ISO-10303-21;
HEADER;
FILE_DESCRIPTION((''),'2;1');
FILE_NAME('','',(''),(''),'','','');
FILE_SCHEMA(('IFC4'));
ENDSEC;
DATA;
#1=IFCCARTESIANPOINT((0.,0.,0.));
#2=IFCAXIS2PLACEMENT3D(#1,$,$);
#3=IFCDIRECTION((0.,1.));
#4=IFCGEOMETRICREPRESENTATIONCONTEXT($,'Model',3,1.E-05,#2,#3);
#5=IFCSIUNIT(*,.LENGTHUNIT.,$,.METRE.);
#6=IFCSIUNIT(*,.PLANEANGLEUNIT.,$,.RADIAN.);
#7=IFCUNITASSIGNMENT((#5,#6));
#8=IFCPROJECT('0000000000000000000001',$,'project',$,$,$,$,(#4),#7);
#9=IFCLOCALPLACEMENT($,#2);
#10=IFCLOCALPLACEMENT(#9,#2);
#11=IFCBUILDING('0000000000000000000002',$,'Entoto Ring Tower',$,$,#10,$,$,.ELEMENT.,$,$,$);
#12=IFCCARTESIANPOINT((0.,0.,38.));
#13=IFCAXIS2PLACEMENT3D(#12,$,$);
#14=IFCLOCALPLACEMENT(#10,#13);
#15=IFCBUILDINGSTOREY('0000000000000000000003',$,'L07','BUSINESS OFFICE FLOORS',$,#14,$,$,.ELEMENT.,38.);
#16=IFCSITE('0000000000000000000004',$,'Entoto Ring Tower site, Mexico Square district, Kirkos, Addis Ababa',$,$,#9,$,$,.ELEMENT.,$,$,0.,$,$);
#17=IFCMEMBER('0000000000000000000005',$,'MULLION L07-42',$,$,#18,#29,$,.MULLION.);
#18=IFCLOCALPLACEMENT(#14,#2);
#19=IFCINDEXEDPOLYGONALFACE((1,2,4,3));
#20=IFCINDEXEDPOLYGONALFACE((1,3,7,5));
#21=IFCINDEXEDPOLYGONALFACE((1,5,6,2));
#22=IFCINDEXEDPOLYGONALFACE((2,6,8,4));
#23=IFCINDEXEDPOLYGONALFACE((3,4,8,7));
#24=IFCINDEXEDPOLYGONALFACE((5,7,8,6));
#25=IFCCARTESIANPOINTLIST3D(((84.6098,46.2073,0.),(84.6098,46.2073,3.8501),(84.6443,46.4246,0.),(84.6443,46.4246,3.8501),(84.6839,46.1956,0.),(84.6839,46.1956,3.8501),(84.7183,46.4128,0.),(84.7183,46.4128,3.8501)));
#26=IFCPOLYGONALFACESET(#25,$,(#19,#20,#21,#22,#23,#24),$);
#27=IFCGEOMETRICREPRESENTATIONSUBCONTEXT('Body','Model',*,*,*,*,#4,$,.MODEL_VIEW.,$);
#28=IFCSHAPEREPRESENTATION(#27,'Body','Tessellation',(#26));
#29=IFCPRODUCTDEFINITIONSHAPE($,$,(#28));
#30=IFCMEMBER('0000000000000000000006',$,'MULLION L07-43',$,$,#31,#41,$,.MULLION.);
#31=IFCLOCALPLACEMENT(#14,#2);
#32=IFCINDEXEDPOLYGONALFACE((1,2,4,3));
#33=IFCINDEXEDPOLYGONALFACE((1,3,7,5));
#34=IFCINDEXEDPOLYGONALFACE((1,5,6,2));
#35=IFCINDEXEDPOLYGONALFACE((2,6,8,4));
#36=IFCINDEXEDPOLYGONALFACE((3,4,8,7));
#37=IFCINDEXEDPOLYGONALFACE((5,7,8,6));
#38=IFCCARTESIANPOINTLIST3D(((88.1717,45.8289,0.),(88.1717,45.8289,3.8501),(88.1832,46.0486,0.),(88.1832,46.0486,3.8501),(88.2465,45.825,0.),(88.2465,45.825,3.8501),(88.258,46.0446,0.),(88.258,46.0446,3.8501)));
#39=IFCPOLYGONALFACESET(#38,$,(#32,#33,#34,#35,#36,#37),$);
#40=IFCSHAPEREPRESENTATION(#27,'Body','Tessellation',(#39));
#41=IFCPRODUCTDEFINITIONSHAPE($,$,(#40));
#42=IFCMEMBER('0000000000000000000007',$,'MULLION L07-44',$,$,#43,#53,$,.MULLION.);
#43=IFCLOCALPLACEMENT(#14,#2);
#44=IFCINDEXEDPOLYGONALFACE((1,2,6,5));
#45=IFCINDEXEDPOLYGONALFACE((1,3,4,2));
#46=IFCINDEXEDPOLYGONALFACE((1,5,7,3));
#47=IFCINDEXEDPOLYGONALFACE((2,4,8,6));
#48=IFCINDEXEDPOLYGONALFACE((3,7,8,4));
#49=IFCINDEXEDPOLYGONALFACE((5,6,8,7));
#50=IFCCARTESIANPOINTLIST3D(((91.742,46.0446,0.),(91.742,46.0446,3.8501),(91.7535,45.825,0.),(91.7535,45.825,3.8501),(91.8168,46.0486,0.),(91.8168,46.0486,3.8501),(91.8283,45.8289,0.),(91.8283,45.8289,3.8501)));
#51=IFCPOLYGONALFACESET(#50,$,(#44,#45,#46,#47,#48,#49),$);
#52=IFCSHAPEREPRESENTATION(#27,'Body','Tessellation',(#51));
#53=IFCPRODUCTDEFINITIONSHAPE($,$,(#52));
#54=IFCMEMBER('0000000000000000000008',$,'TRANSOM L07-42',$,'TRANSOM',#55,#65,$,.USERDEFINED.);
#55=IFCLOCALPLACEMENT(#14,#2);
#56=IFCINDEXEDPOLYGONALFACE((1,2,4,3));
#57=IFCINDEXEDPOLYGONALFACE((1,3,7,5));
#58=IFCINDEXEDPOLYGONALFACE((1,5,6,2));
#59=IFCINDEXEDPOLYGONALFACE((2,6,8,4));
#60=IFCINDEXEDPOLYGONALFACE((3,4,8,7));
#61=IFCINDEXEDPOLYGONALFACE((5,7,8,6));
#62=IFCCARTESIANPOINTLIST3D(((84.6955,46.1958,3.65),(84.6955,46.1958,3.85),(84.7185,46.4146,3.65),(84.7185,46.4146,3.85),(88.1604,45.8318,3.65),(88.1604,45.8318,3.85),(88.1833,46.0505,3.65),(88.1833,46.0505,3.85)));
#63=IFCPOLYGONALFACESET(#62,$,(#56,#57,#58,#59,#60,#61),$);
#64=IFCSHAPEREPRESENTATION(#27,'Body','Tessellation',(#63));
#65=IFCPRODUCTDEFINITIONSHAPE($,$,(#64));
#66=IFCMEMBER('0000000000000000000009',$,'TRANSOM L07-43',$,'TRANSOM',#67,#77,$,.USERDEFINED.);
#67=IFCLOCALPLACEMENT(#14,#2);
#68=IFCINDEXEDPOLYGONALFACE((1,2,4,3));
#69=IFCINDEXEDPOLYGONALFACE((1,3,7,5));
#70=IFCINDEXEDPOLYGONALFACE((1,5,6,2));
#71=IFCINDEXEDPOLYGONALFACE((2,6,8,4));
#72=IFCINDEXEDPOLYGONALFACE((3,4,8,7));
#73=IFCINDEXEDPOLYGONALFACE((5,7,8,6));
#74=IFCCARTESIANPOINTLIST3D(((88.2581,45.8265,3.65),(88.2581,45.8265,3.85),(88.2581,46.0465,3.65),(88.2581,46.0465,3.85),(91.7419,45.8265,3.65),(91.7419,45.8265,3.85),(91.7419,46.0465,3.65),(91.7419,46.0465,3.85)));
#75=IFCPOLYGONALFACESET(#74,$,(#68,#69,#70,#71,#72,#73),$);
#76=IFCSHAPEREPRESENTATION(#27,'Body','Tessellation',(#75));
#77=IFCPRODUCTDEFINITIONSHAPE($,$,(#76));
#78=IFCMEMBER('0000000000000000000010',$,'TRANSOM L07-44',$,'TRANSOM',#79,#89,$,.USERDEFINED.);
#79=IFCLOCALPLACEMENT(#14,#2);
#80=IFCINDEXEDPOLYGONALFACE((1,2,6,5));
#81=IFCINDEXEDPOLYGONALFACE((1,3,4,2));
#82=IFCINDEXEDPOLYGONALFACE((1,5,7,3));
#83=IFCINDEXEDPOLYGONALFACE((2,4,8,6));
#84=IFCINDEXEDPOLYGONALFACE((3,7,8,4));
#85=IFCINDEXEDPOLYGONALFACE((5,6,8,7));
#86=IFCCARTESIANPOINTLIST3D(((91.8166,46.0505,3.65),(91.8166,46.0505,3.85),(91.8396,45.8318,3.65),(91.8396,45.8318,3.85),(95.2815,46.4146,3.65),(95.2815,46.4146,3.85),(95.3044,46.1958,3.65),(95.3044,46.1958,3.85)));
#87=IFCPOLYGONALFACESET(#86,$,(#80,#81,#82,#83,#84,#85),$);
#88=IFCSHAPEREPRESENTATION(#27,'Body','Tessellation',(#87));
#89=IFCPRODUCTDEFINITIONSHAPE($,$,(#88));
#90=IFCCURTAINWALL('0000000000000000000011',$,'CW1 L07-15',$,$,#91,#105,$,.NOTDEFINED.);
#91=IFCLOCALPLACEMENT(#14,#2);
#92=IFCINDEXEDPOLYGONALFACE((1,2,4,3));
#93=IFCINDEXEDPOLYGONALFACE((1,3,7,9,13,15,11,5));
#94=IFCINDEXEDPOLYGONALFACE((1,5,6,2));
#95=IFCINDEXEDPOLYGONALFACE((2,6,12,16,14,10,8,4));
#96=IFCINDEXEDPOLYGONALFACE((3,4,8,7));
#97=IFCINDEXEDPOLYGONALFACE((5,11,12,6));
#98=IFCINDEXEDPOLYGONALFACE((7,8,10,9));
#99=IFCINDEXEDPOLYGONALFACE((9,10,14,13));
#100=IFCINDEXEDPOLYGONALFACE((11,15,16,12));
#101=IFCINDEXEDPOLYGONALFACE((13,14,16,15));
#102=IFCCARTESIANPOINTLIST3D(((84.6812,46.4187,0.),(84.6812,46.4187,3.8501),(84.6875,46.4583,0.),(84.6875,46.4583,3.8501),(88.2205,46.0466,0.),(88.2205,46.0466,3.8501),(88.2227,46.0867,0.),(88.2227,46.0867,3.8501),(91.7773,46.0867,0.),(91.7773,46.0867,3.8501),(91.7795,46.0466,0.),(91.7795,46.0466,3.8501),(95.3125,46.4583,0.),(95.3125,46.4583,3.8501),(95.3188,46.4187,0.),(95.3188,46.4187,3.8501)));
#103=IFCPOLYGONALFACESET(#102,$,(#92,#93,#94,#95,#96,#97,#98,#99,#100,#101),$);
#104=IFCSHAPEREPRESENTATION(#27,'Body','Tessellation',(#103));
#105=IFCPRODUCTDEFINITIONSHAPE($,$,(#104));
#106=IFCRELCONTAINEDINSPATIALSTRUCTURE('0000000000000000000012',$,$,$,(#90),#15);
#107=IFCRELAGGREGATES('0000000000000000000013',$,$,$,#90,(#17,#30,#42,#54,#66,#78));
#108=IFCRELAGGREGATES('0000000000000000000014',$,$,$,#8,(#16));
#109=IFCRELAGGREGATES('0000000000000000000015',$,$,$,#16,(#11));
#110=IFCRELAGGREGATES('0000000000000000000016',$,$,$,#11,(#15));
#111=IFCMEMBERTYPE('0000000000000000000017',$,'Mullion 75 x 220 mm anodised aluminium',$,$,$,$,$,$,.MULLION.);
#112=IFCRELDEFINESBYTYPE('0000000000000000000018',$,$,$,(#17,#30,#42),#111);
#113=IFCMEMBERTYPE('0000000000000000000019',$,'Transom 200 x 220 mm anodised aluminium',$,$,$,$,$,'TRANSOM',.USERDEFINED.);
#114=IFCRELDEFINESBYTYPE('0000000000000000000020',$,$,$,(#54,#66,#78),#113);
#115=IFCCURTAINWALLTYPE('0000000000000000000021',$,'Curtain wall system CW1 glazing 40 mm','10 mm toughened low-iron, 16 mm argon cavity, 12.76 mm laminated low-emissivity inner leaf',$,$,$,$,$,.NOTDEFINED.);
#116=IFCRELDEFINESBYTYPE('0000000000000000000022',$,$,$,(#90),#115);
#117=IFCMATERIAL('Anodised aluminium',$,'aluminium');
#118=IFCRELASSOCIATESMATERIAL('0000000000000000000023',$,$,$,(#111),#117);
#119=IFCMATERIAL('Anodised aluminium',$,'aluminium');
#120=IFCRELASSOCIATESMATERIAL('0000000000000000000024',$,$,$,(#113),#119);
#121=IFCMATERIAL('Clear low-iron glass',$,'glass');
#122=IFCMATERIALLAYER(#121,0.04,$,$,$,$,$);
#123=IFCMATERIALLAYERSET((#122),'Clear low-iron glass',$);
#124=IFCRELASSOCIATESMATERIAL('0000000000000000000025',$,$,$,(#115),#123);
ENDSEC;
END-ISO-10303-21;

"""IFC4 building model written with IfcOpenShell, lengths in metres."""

from ifc_helpers import new_model, si_unit, direction, frame, origin, origin_2d, place, context, subcontext, project, spatial, polyline, rectangle, outline, extrude, material, layer, layer_set, material_profile, profile_set, type_object, element, aggregate, save


model = new_model("IFC4")

# Units and contexts
model_context = context("Model", 3, precision=1e-05, world=origin(), true_north=direction((0.0, 1.0)))
body_context = subcontext(model_context, "Body", "Model", "MODEL_VIEW")
ifc_project = project(units=[si_unit("LENGTHUNIT", "METRE"), si_unit("PLANEANGLEUNIT", "RADIAN")], contexts=[model_context])

# Members
ifc_material_1 = material(Name="Anodised aluminium", Category="aluminium")
ifc_material_profile_1 = material_profile(ifc_material_1, rectangle(XDim=0.075, YDim=0.22, at=origin_2d()), Name="Mullion 75 x 220 mm anodised aluminium")
ifc_profile_set_1 = profile_set([ifc_material_profile_1], Name="Anodised aluminium")
member_type_1 = type_object("IfcMemberType", Name="Mullion 75 x 220 mm anodised aluminium", PredefinedType="MULLION", material=ifc_profile_set_1)
site_placement = place(None, origin())
building_placement = place(site_placement, origin())
storey_placement = place(building_placement, frame((0.0, 0.0, 38.0)))
member_1_placement = place(storey_placement, frame((84.6641, 46.3101, 0.0), z_axis=(0.0, 0.0, 1.0), x_axis=(0.987688, -0.156434, 0.0)))
member_1 = element("IfcMember", 1, at=member_1_placement, type_object=member_type_1, Name="MULLION L07-42", PredefinedType="MULLION", context=body_context, shape_type="SweptSolid", body=[
    extrude(rectangle(XDim=0.075, YDim=0.22, at=origin_2d()), origin(), (0.0, 0.0, 1.0), 3.8501),
])
member_2_placement = place(storey_placement, frame((88.2148, 45.9368, 0.0), z_axis=(0.0, 0.0, 1.0), x_axis=(0.99863, -0.052336, 0.0)))
member_2 = element("IfcMember", 2, at=member_2_placement, type_object=member_type_1, Name="MULLION L07-43", PredefinedType="MULLION", context=body_context, shape_type="SweptSolid", body=[
    extrude(rectangle(XDim=0.075, YDim=0.22, at=origin_2d()), origin(), (0.0, 0.0, 1.0), 3.8501),
])
member_3_placement = place(storey_placement, frame((91.7852, 45.9368, 0.0), z_axis=(0.0, 0.0, 1.0), x_axis=(0.99863, 0.052336, 0.0)))
member_3 = element("IfcMember", 3, at=member_3_placement, type_object=member_type_1, Name="MULLION L07-44", PredefinedType="MULLION", context=body_context, shape_type="SweptSolid", body=[
    extrude(rectangle(XDim=0.075, YDim=0.22, at=origin_2d()), origin(), (0.0, 0.0, 1.0), 3.8501),
])
ifc_material_2 = material(Name="Anodised aluminium", Category="aluminium")
ifc_material_profile_2 = material_profile(ifc_material_2, rectangle(XDim=0.22, YDim=0.2, at=origin_2d()), Name="Transom 200 x 220 mm anodised aluminium")
ifc_profile_set_2 = profile_set([ifc_material_profile_2], Name="Anodised aluminium")
member_type_2 = type_object("IfcMemberType", Name="Transom 200 x 220 mm anodised aluminium", ElementType="TRANSOM", PredefinedType="USERDEFINED", material=ifc_profile_set_2)
member_4_placement = place(storey_placement, frame((84.707, 46.3052, 3.75), z_axis=(0.994527, -0.104484, 0.0), x_axis=(0.104484, 0.994527, 0.0)))
member_4 = element("IfcMember", 4, at=member_4_placement, type_object=member_type_2, Name="TRANSOM L07-42", ObjectType="TRANSOM", PredefinedType="USERDEFINED", context=body_context, shape_type="SweptSolid", body=[
    extrude(rectangle(XDim=0.22, YDim=0.2, at=origin_2d()), origin(), (0.0, 0.0, 1.0), 3.4839),
])
member_5_placement = place(storey_placement, frame((88.2581, 45.9365, 3.75), z_axis=(1.0, 0.0, 0.0), x_axis=(0.0, 1.0, 0.0)))
member_5 = element("IfcMember", 5, at=member_5_placement, type_object=member_type_2, Name="TRANSOM L07-43", ObjectType="TRANSOM", PredefinedType="USERDEFINED", context=body_context, shape_type="SweptSolid", body=[
    extrude(rectangle(XDim=0.22, YDim=0.2, at=origin_2d()), origin(), (0.0, 0.0, 1.0), 3.4839),
])
member_6_placement = place(storey_placement, frame((91.8281, 45.9412, 3.75), z_axis=(0.994527, 0.104484, 0.0), x_axis=(-0.104484, 0.994527, 0.0)))
member_6 = element("IfcMember", 6, at=member_6_placement, type_object=member_type_2, Name="TRANSOM L07-44", ObjectType="TRANSOM", PredefinedType="USERDEFINED", context=body_context, shape_type="SweptSolid", body=[
    extrude(rectangle(XDim=0.22, YDim=0.2, at=origin_2d()), origin(), (0.0, 0.0, 1.0), 3.4839),
])

# Site, building, storey
site = spatial("IfcSite", under=ifc_project, at=site_placement, Name="Entoto Ring Tower site, Mexico Square district, Kirkos, Addis Ababa", CompositionType="ELEMENT", RefElevation=0.0)
building = spatial("IfcBuilding", under=site, at=building_placement, Name="Entoto Ring Tower", CompositionType="ELEMENT")
storey = spatial("IfcBuildingStorey", under=building, at=storey_placement, Name="L07", Description="BUSINESS OFFICE FLOORS", CompositionType="ELEMENT", Elevation=38.0)

# Curtain wall
ifc_material_3 = material(Name="Clear low-iron glass", Category="glass")
ifc_layer_1 = layer(ifc_material_3, 0.04)
ifc_layer_set_1 = layer_set([ifc_layer_1], Name="Clear low-iron glass")
curtain_wall_type = type_object("IfcCurtainWallType", Name="Curtain wall system CW1 glazing 40 mm", Description="10 mm toughened low-iron, 16 mm argon cavity, 12.76 mm laminated low-emissivity inner leaf", PredefinedType="NOTDEFINED", material=ifc_layer_set_1)
curtain_wall_1_placement = place(storey_placement, origin())
curtain_wall_1 = element("IfcCurtainWall", 7, at=curtain_wall_1_placement, inside=storey, type_object=curtain_wall_type, Name="CW1 L07-15", PredefinedType="NOTDEFINED", context=body_context, shape_type="SweptSolid", body=[
    extrude(outline(polyline([(84.6812, 46.4187), (88.2205, 46.0466), (91.7795, 46.0466), (95.3188, 46.4187), (95.3125, 46.4583), (91.7773, 46.0867), (88.2227, 46.0867), (84.6875, 46.4583), (84.6812, 46.4187)])), origin(), (0.0, 0.0, 1.0), 3.8501),
])
aggregate(curtain_wall_1, [member_1, member_2, member_3, member_4, member_5, member_6])

save(model, "model.ifc")
